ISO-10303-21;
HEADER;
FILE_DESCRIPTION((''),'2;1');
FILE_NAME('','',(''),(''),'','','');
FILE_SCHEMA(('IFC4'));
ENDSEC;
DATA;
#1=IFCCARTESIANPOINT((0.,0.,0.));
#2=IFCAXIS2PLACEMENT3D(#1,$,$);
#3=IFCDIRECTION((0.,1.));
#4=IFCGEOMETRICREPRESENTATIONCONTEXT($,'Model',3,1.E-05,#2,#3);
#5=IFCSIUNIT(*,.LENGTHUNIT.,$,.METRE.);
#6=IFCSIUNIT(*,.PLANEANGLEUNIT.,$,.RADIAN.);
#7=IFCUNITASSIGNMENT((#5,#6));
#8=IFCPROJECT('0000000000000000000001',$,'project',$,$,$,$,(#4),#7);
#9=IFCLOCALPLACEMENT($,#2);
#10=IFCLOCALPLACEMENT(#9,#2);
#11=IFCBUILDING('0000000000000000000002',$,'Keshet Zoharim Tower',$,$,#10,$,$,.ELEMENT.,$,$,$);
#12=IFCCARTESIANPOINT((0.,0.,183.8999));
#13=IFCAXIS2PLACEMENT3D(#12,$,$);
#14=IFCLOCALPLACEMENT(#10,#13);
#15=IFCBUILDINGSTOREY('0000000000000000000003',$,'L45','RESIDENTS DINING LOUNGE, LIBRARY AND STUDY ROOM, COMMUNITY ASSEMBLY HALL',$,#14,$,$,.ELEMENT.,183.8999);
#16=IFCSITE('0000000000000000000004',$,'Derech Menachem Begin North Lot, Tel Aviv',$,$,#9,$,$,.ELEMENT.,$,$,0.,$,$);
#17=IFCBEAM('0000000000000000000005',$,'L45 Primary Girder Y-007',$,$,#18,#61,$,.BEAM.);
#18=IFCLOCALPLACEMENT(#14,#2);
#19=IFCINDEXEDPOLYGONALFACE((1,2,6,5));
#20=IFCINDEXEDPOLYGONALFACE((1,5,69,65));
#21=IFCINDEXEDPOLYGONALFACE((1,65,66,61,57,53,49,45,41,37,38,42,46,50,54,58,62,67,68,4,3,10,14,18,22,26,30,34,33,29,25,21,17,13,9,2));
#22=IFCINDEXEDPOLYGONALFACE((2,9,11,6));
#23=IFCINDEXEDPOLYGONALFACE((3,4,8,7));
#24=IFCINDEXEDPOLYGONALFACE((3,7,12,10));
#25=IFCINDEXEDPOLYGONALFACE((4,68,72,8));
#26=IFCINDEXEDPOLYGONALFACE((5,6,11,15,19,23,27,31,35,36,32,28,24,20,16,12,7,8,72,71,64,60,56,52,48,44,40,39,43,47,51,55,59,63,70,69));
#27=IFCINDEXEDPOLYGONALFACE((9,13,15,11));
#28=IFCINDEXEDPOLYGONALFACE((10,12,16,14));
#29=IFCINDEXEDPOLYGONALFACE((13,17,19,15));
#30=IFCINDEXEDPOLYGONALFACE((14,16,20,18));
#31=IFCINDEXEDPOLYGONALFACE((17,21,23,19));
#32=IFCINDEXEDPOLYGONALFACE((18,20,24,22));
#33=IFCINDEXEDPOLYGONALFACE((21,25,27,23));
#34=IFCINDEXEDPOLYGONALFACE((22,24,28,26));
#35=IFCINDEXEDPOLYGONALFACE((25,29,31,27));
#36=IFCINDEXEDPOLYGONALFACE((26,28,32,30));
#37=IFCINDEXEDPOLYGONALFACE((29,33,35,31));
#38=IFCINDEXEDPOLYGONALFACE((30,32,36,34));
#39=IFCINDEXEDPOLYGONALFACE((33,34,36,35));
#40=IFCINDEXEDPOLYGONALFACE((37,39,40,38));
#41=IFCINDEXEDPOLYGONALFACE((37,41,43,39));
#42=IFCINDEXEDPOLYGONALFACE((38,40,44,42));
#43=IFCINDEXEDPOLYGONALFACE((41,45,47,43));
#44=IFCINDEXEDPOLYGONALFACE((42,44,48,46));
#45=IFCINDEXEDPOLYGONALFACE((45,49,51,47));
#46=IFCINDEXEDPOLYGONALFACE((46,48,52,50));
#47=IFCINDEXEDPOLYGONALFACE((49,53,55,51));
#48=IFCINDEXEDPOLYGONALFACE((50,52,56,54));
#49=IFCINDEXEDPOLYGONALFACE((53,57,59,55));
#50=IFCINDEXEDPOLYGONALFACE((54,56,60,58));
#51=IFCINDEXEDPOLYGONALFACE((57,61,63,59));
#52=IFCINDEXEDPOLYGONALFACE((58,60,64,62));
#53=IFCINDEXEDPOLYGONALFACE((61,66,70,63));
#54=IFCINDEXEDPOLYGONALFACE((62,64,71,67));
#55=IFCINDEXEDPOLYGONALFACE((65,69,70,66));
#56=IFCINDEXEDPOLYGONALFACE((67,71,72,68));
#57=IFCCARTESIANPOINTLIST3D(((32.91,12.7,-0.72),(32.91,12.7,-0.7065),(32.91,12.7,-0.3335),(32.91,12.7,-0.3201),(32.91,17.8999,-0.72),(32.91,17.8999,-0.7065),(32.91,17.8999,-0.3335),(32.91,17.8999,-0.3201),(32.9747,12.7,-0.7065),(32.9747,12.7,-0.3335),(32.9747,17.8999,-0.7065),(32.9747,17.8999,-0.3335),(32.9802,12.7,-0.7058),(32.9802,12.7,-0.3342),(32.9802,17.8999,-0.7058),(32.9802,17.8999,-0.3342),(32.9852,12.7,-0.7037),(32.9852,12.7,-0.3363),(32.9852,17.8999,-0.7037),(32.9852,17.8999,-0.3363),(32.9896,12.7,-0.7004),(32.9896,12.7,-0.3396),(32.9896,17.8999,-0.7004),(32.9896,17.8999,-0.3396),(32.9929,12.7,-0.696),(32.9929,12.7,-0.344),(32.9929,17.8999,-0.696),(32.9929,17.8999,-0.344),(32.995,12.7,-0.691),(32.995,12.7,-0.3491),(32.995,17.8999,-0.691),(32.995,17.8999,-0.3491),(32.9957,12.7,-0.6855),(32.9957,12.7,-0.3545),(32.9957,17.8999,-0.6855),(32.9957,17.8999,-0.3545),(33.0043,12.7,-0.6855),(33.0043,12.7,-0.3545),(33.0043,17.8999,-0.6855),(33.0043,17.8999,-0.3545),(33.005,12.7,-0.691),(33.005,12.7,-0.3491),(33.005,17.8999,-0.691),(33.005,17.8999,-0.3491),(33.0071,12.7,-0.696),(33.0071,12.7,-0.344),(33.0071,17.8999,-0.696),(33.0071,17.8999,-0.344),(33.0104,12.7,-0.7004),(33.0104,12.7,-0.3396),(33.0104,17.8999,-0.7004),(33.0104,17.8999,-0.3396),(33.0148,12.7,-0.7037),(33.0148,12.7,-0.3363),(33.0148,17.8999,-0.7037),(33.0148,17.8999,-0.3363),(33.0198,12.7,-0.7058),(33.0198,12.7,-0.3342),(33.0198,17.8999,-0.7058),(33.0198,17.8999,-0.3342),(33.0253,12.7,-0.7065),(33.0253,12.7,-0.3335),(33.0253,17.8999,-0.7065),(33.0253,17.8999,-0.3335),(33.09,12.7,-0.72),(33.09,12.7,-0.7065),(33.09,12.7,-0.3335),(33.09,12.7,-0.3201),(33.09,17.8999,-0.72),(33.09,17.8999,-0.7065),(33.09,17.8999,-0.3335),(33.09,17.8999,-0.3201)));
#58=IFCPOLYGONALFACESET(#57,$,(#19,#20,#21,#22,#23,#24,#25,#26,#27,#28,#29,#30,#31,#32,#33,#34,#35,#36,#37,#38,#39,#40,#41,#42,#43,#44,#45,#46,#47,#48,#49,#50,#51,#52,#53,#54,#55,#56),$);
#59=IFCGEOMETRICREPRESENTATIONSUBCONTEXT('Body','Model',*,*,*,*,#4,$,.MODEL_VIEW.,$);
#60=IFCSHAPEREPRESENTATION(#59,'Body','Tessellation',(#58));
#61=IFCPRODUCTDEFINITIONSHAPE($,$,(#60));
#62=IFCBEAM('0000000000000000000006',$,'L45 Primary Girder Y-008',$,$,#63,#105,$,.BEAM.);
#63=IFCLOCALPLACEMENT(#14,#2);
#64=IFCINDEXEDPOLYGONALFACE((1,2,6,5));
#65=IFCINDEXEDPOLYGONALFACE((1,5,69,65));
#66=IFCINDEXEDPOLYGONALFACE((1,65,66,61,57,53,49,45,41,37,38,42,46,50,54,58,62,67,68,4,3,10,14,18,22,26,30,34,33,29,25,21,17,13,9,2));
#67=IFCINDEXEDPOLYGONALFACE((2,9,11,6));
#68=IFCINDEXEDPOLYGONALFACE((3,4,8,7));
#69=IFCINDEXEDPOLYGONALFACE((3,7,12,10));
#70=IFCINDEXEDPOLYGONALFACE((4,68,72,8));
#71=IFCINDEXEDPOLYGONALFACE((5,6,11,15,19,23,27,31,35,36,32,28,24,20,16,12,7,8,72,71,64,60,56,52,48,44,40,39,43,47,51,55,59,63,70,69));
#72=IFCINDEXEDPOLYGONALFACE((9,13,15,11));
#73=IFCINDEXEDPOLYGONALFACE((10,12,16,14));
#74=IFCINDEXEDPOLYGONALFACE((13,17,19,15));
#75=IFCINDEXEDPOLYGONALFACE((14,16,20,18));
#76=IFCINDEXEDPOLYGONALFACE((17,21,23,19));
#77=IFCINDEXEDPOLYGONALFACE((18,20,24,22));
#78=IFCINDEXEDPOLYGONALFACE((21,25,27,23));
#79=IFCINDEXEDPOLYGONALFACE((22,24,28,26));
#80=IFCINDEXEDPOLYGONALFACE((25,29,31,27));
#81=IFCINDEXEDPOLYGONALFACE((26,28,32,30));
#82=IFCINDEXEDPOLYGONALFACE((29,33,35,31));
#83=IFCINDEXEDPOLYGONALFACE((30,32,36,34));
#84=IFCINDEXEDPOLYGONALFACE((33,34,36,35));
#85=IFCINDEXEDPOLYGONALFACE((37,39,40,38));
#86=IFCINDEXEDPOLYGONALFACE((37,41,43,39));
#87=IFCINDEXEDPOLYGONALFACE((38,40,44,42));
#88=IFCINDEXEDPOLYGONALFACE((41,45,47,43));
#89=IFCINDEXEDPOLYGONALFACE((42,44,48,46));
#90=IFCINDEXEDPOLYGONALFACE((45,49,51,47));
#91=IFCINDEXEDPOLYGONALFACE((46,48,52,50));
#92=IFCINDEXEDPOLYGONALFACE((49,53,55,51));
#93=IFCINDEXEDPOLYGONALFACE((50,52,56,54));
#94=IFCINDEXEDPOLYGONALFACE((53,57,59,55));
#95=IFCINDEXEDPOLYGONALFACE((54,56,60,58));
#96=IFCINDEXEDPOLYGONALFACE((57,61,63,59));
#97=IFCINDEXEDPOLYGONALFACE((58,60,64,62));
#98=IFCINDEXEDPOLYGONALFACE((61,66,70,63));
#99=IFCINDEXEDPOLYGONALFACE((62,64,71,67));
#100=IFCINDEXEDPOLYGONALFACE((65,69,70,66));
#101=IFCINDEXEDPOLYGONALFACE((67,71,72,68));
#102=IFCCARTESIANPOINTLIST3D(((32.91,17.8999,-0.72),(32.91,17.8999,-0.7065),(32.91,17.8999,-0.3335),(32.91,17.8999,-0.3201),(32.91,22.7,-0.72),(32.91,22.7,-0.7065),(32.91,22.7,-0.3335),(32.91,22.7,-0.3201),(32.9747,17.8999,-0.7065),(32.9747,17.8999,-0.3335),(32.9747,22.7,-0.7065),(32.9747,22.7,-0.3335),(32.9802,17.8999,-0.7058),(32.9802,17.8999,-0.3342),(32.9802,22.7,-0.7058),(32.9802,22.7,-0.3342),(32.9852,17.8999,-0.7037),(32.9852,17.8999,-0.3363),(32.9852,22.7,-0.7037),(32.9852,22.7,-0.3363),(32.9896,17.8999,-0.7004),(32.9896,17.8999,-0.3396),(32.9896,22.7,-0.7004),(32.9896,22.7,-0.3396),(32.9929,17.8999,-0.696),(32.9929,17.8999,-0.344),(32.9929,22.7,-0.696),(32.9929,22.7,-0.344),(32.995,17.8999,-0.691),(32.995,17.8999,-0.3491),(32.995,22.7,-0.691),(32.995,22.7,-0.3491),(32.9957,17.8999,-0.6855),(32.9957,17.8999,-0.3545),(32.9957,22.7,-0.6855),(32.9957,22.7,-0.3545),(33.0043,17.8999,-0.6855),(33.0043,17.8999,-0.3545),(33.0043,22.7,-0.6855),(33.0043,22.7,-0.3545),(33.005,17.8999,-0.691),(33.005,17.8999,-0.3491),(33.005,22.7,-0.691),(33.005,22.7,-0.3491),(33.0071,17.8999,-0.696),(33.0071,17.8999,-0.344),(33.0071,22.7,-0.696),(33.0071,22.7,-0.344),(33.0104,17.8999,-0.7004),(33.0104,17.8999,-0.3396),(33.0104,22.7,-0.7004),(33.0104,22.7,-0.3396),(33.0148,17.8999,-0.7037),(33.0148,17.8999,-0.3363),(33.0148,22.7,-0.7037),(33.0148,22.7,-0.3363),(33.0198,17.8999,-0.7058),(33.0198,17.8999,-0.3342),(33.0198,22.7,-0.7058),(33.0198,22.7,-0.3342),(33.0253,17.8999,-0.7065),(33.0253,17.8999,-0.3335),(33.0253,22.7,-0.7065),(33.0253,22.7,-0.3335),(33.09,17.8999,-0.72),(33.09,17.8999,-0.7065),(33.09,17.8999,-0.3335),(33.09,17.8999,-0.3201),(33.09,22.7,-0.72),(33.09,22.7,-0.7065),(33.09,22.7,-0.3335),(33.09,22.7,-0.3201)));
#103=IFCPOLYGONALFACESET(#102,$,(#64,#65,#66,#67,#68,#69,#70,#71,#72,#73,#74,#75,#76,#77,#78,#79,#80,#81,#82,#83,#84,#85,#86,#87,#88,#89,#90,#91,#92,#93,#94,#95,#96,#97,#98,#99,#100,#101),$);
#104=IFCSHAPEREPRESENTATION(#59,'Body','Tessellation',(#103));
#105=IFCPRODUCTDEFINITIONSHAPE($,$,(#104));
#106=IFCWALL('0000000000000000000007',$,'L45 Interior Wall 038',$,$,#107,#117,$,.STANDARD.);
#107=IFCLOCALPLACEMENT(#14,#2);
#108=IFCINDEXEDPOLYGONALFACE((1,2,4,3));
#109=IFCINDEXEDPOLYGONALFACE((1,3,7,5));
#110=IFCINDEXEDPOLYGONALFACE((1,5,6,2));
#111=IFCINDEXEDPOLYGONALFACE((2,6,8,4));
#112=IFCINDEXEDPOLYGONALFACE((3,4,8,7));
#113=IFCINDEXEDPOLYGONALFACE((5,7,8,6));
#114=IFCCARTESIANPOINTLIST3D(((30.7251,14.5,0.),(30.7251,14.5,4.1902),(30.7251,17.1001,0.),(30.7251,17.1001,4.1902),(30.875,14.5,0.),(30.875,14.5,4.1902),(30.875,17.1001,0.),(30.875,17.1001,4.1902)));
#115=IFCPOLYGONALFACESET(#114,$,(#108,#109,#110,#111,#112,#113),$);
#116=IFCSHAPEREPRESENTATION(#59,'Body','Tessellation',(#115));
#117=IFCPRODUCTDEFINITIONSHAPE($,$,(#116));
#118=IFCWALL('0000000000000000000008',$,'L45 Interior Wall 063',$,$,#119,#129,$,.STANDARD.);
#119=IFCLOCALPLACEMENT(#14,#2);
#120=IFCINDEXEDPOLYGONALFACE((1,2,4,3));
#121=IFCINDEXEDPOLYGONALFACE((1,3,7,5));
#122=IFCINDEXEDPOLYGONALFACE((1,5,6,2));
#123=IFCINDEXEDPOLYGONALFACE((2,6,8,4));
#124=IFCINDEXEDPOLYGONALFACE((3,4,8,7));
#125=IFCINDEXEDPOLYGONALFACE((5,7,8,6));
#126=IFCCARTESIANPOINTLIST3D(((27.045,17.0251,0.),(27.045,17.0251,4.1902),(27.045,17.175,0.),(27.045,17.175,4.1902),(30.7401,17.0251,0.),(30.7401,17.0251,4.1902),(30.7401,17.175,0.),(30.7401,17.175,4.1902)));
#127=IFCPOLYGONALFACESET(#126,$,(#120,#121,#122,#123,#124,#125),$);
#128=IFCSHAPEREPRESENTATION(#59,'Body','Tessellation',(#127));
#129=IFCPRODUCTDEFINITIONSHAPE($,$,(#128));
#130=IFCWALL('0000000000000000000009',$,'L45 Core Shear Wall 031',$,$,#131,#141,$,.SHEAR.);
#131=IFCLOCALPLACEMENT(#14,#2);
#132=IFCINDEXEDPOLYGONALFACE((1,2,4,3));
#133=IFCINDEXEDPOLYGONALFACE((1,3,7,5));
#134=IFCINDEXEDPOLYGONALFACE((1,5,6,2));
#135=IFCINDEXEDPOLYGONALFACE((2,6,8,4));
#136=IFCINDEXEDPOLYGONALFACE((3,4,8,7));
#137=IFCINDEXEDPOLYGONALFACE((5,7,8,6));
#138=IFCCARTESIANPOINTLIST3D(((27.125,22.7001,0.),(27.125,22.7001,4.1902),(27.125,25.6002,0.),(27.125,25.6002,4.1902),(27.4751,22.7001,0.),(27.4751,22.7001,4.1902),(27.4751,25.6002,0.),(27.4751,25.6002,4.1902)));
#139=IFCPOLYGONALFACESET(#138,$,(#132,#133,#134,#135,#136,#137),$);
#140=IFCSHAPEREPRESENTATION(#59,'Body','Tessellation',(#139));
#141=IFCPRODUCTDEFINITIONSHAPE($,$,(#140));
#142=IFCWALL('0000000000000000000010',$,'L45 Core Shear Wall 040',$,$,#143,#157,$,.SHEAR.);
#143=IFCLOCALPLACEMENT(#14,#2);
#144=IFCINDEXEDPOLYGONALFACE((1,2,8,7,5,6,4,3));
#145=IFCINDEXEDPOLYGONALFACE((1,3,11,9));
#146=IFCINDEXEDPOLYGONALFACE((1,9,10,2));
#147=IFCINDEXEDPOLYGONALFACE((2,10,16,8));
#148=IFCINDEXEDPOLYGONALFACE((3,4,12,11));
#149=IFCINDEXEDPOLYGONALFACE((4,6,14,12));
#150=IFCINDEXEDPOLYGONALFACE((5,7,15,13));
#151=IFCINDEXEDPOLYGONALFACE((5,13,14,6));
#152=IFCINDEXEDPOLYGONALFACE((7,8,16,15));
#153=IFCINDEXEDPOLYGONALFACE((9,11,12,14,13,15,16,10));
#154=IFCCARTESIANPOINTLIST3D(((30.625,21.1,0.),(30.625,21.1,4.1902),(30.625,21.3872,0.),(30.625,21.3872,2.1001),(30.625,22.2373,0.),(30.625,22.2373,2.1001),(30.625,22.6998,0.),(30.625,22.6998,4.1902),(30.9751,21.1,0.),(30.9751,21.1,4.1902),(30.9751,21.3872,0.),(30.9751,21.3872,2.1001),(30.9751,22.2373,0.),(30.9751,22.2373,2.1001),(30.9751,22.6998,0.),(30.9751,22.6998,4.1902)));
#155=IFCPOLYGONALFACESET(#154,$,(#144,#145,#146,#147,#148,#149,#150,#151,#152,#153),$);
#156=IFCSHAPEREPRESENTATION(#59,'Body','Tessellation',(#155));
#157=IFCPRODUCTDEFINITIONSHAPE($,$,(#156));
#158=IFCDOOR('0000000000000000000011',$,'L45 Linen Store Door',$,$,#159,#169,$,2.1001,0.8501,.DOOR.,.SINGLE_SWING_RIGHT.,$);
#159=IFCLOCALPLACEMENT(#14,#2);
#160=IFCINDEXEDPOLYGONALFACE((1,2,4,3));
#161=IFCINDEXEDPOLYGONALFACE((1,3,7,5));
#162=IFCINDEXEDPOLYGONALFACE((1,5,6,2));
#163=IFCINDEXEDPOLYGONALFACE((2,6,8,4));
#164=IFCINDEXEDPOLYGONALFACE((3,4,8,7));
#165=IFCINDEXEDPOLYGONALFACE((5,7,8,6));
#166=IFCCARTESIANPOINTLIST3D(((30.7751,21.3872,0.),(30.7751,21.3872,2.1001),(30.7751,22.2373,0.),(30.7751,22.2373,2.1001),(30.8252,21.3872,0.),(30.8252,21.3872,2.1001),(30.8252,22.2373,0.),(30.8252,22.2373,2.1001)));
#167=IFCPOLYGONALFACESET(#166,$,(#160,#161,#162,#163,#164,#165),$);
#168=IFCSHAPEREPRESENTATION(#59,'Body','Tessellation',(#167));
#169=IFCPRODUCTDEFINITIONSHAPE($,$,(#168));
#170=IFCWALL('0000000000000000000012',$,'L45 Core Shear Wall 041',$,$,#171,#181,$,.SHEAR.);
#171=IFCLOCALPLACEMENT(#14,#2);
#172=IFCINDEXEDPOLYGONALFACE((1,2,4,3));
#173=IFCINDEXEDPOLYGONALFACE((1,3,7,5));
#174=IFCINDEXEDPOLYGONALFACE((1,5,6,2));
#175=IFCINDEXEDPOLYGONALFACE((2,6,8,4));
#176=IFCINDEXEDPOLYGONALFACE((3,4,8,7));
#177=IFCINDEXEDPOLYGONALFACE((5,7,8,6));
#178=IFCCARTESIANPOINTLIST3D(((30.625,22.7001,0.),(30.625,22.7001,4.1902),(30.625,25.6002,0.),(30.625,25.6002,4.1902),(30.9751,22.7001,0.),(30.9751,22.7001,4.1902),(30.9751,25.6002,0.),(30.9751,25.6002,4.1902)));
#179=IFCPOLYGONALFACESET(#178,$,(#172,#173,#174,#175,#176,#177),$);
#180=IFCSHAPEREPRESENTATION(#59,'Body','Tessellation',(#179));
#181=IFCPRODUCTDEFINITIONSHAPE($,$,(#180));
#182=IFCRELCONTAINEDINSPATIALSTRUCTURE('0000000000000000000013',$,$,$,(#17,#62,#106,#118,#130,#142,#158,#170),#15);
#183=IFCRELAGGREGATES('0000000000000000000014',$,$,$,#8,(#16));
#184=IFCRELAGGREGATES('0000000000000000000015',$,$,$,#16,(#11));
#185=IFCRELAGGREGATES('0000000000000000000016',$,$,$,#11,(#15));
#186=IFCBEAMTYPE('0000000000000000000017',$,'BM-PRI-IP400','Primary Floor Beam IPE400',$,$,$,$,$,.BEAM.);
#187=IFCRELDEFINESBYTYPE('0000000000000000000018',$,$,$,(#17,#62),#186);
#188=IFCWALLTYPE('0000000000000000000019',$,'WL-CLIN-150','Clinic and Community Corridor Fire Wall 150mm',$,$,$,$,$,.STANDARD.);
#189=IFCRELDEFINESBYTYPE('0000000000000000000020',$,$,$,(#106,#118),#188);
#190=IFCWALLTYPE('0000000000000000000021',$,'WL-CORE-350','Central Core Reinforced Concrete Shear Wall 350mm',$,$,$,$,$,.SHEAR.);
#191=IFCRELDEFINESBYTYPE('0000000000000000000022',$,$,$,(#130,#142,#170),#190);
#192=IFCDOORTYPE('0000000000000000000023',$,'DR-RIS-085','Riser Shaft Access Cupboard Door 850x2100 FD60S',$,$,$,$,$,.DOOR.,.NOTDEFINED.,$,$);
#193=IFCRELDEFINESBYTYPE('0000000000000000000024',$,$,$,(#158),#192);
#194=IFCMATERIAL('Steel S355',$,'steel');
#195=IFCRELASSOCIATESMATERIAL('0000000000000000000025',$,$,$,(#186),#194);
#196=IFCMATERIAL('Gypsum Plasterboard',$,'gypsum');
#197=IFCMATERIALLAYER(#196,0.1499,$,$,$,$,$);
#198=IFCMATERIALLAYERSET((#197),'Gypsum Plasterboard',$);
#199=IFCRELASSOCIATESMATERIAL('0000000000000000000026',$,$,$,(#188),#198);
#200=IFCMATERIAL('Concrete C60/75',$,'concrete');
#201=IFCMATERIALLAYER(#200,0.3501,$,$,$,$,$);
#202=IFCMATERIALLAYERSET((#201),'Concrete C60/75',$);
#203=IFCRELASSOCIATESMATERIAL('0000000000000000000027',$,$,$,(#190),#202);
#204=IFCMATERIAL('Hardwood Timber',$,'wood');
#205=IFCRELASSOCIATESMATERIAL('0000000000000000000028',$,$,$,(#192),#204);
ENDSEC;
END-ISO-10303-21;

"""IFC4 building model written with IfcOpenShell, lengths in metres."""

from ifc_helpers import new_model, si_unit, direction, frame, frame_2d, origin, origin_2d, place, context, subcontext, project, spatial, rectangle, i_section, extrude, material, layer, layer_set, material_profile, profile_set, type_object, element, fill, save


model = new_model("IFC4")

# Units and contexts
model_context = context("Model", 3, precision=1e-05, world=origin(), true_north=direction((0.0, 1.0)))
body_context = subcontext(model_context, "Body", "Model", "MODEL_VIEW")
ifc_project = project(units=[si_unit("LENGTHUNIT", "METRE"), si_unit("PLANEANGLEUNIT", "RADIAN")], contexts=[model_context])

# Site, building, storey
site_placement = place(None, origin())
site = spatial("IfcSite", under=ifc_project, at=site_placement, Name="Derech Menachem Begin North Lot, Tel Aviv", CompositionType="ELEMENT", RefElevation=0.0)
building_placement = place(site_placement, origin())
building = spatial("IfcBuilding", under=site, at=building_placement, Name="Keshet Zoharim Tower", CompositionType="ELEMENT")
storey_placement = place(building_placement, frame((0.0, 0.0, 183.8999)))
storey = spatial("IfcBuildingStorey", under=building, at=storey_placement, Name="L45", Description="RESIDENTS DINING LOUNGE, LIBRARY AND STUDY ROOM, COMMUNITY ASSEMBLY HALL", CompositionType="ELEMENT", Elevation=183.8999)

# Shared definitions
ifc_material_1 = material(Name="Concrete C60/75", Category="concrete")

# Beams
ifc_material_2 = material(Name="Steel S355", Category="steel")
ifc_material_profile_1 = material_profile(ifc_material_2, i_section(OverallWidth=0.1799, OverallDepth=0.3999, WebThickness=0.0085, FlangeThickness=0.0134, FilletRadius=0.021, at=origin_2d()), Name="IPE400")
ifc_profile_set_1 = profile_set([ifc_material_profile_1], Name="Steel S355")
beam_type_1 = type_object("IfcBeamType", Name="BM-PRI-IP400", Description="Primary Floor Beam IPE400", PredefinedType="BEAM", material=ifc_profile_set_1)
beam_1_placement = place(storey_placement, frame((33.0, 12.7, -0.52), z_axis=(0.0, 1.0, 0.0), x_axis=(-1.0, 0.0, 0.0)))
element("IfcBeam", 1, at=beam_1_placement, inside=storey, type_object=beam_type_1, Name="L45 Primary Girder Y-007", PredefinedType="BEAM", context=body_context, shape_type="SweptSolid", body=[
    extrude(i_section(OverallWidth=0.1799, OverallDepth=0.3999, WebThickness=0.0085, FlangeThickness=0.0134, FilletRadius=0.021, at=origin_2d()), origin(), (0.0, 0.0, 1.0), 5.2),
])
beam_2_placement = place(storey_placement, frame((33.0, 17.8999, -0.52), z_axis=(0.0, 1.0, 0.0), x_axis=(-1.0, 0.0, 0.0)))
element("IfcBeam", 2, at=beam_2_placement, inside=storey, type_object=beam_type_1, Name="L45 Primary Girder Y-008", PredefinedType="BEAM", context=body_context, shape_type="SweptSolid", body=[
    extrude(i_section(OverallWidth=0.1799, OverallDepth=0.3999, WebThickness=0.0085, FlangeThickness=0.0134, FilletRadius=0.021, at=origin_2d()), origin(), (0.0, 0.0, 1.0), 4.8),
])

# Walls
ifc_material_3 = material(Name="Gypsum Plasterboard", Category="gypsum")
ifc_layer_1 = layer(ifc_material_3, 0.1499)
ifc_layer_set_1 = layer_set([ifc_layer_1], Name="Gypsum Plasterboard")
wall_type_1 = type_object("IfcWallType", Name="WL-CLIN-150", Description="Clinic and Community Corridor Fire Wall 150mm", PredefinedType="STANDARD", material=ifc_layer_set_1)
wall_1_placement = place(storey_placement, frame((30.8, 14.5, 0.0), z_axis=(0.0, 0.0, 1.0), x_axis=(0.0, 1.0, 0.0)))
element("IfcWall", 3, at=wall_1_placement, inside=storey, type_object=wall_type_1, Name="L45 Interior Wall 038", PredefinedType="STANDARD", context=body_context, shape_type="SweptSolid", body=[
    extrude(rectangle(XDim=2.6001, YDim=0.1499, at=frame_2d((1.3, 0.0))), origin(), (0.0, 0.0, 1.0), 4.1902),
])
wall_2_placement = place(storey_placement, frame((27.0449, 17.1001, 0.0), z_axis=(0.0, 0.0, 1.0), x_axis=(1.0, 0.0, 0.0)))
element("IfcWall", 4, at=wall_2_placement, inside=storey, type_object=wall_type_1, Name="L45 Interior Wall 063", PredefinedType="STANDARD", context=body_context, shape_type="SweptSolid", body=[
    extrude(rectangle(XDim=3.6951, YDim=0.1499, at=frame_2d((1.8477, 0.0))), origin(), (0.0, 0.0, 1.0), 4.1902),
])
ifc_layer_2 = layer(ifc_material_1, 0.3501)
ifc_layer_set_2 = layer_set([ifc_layer_2], Name="Concrete C60/75")
wall_type_2 = type_object("IfcWallType", Name="WL-CORE-350", Description="Central Core Reinforced Concrete Shear Wall 350mm", PredefinedType="SHEAR", material=ifc_layer_set_2)
wall_3_placement = place(storey_placement, frame((27.3, 22.7, 0.0), z_axis=(0.0, 0.0, 1.0), x_axis=(0.0, 1.0, 0.0)))
element("IfcWall", 5, at=wall_3_placement, inside=storey, type_object=wall_type_2, Name="L45 Core Shear Wall 031", PredefinedType="SHEAR", context=body_context, shape_type="SweptSolid", body=[
    extrude(rectangle(XDim=2.9001, YDim=0.3501, at=frame_2d((1.4502, 0.0))), origin(), (0.0, 0.0, 1.0), 4.1902),
])

# Wall, opening, door
wall_4_placement = place(storey_placement, frame((30.8, 21.1001, 0.0), z_axis=(0.0, 0.0, 1.0), x_axis=(0.0, 1.0, 0.0)))
wall_4 = element("IfcWall", 6, at=wall_4_placement, inside=storey, type_object=wall_type_2, Name="L45 Core Shear Wall 040", PredefinedType="SHEAR", context=body_context, shape_type="SweptSolid", body=[
    extrude(rectangle(XDim=1.5999, YDim=0.3501, at=frame_2d((0.7998, 0.0))), origin(), (0.0, 0.0, 1.0), 4.1902),
])
opening_1_placement = place(wall_4_placement, frame((0.2871, 0.0, 0.0)))
opening_1 = element("IfcOpeningElement", 7, at=opening_1_placement, cuts=wall_4, PredefinedType="OPENING", context=body_context, shape_type="SweptSolid", body=[
    extrude(rectangle(XDim=0.8501, YDim=2.1001, at=frame_2d((0.425, 1.05))), frame((0.0, 0.1851, 0.0), z_axis=(0.0, -1.0, 0.0), x_axis=(1.0, 0.0, 0.0)), (0.0, 0.0, 1.0), 0.3701),
])
ifc_material_4 = material(Name="Hardwood Timber", Category="wood")
door_type_1 = type_object("IfcDoorType", Name="DR-RIS-085", Description="Riser Shaft Access Cupboard Door 850x2100 FD60S", OperationType="NOTDEFINED", PredefinedType="DOOR", material=ifc_material_4)
door_1_placement = place(opening_1_placement, origin())
door_1 = element("IfcDoor", 8, at=door_1_placement, inside=storey, type_object=door_type_1, Name="L45 Linen Store Door", OperationType="SINGLE_SWING_RIGHT", OverallHeight=2.1001, OverallWidth=0.8501, PredefinedType="DOOR", context=body_context, shape_type="SweptSolid", body=[
    extrude(rectangle(XDim=0.8501, YDim=2.1001, at=frame_2d((0.425, 1.05))), frame((0.0, 0.0249, 0.0), z_axis=(0.0, -1.0, 0.0), x_axis=(1.0, 0.0, 0.0)), (0.0, 0.0, 1.0), 0.05),
])
fill(opening_1, door_1)

# Wall
wall_5_placement = place(storey_placement, frame((30.8, 22.7, 0.0), z_axis=(0.0, 0.0, 1.0), x_axis=(0.0, 1.0, 0.0)))
element("IfcWall", 9, at=wall_5_placement, inside=storey, type_object=wall_type_2, Name="L45 Core Shear Wall 041", PredefinedType="SHEAR", context=body_context, shape_type="SweptSolid", body=[
    extrude(rectangle(XDim=2.9001, YDim=0.3501, at=frame_2d((1.4502, 0.0))), origin(), (0.0, 0.0, 1.0), 4.1902),
])

save(model, "model.ifc")
